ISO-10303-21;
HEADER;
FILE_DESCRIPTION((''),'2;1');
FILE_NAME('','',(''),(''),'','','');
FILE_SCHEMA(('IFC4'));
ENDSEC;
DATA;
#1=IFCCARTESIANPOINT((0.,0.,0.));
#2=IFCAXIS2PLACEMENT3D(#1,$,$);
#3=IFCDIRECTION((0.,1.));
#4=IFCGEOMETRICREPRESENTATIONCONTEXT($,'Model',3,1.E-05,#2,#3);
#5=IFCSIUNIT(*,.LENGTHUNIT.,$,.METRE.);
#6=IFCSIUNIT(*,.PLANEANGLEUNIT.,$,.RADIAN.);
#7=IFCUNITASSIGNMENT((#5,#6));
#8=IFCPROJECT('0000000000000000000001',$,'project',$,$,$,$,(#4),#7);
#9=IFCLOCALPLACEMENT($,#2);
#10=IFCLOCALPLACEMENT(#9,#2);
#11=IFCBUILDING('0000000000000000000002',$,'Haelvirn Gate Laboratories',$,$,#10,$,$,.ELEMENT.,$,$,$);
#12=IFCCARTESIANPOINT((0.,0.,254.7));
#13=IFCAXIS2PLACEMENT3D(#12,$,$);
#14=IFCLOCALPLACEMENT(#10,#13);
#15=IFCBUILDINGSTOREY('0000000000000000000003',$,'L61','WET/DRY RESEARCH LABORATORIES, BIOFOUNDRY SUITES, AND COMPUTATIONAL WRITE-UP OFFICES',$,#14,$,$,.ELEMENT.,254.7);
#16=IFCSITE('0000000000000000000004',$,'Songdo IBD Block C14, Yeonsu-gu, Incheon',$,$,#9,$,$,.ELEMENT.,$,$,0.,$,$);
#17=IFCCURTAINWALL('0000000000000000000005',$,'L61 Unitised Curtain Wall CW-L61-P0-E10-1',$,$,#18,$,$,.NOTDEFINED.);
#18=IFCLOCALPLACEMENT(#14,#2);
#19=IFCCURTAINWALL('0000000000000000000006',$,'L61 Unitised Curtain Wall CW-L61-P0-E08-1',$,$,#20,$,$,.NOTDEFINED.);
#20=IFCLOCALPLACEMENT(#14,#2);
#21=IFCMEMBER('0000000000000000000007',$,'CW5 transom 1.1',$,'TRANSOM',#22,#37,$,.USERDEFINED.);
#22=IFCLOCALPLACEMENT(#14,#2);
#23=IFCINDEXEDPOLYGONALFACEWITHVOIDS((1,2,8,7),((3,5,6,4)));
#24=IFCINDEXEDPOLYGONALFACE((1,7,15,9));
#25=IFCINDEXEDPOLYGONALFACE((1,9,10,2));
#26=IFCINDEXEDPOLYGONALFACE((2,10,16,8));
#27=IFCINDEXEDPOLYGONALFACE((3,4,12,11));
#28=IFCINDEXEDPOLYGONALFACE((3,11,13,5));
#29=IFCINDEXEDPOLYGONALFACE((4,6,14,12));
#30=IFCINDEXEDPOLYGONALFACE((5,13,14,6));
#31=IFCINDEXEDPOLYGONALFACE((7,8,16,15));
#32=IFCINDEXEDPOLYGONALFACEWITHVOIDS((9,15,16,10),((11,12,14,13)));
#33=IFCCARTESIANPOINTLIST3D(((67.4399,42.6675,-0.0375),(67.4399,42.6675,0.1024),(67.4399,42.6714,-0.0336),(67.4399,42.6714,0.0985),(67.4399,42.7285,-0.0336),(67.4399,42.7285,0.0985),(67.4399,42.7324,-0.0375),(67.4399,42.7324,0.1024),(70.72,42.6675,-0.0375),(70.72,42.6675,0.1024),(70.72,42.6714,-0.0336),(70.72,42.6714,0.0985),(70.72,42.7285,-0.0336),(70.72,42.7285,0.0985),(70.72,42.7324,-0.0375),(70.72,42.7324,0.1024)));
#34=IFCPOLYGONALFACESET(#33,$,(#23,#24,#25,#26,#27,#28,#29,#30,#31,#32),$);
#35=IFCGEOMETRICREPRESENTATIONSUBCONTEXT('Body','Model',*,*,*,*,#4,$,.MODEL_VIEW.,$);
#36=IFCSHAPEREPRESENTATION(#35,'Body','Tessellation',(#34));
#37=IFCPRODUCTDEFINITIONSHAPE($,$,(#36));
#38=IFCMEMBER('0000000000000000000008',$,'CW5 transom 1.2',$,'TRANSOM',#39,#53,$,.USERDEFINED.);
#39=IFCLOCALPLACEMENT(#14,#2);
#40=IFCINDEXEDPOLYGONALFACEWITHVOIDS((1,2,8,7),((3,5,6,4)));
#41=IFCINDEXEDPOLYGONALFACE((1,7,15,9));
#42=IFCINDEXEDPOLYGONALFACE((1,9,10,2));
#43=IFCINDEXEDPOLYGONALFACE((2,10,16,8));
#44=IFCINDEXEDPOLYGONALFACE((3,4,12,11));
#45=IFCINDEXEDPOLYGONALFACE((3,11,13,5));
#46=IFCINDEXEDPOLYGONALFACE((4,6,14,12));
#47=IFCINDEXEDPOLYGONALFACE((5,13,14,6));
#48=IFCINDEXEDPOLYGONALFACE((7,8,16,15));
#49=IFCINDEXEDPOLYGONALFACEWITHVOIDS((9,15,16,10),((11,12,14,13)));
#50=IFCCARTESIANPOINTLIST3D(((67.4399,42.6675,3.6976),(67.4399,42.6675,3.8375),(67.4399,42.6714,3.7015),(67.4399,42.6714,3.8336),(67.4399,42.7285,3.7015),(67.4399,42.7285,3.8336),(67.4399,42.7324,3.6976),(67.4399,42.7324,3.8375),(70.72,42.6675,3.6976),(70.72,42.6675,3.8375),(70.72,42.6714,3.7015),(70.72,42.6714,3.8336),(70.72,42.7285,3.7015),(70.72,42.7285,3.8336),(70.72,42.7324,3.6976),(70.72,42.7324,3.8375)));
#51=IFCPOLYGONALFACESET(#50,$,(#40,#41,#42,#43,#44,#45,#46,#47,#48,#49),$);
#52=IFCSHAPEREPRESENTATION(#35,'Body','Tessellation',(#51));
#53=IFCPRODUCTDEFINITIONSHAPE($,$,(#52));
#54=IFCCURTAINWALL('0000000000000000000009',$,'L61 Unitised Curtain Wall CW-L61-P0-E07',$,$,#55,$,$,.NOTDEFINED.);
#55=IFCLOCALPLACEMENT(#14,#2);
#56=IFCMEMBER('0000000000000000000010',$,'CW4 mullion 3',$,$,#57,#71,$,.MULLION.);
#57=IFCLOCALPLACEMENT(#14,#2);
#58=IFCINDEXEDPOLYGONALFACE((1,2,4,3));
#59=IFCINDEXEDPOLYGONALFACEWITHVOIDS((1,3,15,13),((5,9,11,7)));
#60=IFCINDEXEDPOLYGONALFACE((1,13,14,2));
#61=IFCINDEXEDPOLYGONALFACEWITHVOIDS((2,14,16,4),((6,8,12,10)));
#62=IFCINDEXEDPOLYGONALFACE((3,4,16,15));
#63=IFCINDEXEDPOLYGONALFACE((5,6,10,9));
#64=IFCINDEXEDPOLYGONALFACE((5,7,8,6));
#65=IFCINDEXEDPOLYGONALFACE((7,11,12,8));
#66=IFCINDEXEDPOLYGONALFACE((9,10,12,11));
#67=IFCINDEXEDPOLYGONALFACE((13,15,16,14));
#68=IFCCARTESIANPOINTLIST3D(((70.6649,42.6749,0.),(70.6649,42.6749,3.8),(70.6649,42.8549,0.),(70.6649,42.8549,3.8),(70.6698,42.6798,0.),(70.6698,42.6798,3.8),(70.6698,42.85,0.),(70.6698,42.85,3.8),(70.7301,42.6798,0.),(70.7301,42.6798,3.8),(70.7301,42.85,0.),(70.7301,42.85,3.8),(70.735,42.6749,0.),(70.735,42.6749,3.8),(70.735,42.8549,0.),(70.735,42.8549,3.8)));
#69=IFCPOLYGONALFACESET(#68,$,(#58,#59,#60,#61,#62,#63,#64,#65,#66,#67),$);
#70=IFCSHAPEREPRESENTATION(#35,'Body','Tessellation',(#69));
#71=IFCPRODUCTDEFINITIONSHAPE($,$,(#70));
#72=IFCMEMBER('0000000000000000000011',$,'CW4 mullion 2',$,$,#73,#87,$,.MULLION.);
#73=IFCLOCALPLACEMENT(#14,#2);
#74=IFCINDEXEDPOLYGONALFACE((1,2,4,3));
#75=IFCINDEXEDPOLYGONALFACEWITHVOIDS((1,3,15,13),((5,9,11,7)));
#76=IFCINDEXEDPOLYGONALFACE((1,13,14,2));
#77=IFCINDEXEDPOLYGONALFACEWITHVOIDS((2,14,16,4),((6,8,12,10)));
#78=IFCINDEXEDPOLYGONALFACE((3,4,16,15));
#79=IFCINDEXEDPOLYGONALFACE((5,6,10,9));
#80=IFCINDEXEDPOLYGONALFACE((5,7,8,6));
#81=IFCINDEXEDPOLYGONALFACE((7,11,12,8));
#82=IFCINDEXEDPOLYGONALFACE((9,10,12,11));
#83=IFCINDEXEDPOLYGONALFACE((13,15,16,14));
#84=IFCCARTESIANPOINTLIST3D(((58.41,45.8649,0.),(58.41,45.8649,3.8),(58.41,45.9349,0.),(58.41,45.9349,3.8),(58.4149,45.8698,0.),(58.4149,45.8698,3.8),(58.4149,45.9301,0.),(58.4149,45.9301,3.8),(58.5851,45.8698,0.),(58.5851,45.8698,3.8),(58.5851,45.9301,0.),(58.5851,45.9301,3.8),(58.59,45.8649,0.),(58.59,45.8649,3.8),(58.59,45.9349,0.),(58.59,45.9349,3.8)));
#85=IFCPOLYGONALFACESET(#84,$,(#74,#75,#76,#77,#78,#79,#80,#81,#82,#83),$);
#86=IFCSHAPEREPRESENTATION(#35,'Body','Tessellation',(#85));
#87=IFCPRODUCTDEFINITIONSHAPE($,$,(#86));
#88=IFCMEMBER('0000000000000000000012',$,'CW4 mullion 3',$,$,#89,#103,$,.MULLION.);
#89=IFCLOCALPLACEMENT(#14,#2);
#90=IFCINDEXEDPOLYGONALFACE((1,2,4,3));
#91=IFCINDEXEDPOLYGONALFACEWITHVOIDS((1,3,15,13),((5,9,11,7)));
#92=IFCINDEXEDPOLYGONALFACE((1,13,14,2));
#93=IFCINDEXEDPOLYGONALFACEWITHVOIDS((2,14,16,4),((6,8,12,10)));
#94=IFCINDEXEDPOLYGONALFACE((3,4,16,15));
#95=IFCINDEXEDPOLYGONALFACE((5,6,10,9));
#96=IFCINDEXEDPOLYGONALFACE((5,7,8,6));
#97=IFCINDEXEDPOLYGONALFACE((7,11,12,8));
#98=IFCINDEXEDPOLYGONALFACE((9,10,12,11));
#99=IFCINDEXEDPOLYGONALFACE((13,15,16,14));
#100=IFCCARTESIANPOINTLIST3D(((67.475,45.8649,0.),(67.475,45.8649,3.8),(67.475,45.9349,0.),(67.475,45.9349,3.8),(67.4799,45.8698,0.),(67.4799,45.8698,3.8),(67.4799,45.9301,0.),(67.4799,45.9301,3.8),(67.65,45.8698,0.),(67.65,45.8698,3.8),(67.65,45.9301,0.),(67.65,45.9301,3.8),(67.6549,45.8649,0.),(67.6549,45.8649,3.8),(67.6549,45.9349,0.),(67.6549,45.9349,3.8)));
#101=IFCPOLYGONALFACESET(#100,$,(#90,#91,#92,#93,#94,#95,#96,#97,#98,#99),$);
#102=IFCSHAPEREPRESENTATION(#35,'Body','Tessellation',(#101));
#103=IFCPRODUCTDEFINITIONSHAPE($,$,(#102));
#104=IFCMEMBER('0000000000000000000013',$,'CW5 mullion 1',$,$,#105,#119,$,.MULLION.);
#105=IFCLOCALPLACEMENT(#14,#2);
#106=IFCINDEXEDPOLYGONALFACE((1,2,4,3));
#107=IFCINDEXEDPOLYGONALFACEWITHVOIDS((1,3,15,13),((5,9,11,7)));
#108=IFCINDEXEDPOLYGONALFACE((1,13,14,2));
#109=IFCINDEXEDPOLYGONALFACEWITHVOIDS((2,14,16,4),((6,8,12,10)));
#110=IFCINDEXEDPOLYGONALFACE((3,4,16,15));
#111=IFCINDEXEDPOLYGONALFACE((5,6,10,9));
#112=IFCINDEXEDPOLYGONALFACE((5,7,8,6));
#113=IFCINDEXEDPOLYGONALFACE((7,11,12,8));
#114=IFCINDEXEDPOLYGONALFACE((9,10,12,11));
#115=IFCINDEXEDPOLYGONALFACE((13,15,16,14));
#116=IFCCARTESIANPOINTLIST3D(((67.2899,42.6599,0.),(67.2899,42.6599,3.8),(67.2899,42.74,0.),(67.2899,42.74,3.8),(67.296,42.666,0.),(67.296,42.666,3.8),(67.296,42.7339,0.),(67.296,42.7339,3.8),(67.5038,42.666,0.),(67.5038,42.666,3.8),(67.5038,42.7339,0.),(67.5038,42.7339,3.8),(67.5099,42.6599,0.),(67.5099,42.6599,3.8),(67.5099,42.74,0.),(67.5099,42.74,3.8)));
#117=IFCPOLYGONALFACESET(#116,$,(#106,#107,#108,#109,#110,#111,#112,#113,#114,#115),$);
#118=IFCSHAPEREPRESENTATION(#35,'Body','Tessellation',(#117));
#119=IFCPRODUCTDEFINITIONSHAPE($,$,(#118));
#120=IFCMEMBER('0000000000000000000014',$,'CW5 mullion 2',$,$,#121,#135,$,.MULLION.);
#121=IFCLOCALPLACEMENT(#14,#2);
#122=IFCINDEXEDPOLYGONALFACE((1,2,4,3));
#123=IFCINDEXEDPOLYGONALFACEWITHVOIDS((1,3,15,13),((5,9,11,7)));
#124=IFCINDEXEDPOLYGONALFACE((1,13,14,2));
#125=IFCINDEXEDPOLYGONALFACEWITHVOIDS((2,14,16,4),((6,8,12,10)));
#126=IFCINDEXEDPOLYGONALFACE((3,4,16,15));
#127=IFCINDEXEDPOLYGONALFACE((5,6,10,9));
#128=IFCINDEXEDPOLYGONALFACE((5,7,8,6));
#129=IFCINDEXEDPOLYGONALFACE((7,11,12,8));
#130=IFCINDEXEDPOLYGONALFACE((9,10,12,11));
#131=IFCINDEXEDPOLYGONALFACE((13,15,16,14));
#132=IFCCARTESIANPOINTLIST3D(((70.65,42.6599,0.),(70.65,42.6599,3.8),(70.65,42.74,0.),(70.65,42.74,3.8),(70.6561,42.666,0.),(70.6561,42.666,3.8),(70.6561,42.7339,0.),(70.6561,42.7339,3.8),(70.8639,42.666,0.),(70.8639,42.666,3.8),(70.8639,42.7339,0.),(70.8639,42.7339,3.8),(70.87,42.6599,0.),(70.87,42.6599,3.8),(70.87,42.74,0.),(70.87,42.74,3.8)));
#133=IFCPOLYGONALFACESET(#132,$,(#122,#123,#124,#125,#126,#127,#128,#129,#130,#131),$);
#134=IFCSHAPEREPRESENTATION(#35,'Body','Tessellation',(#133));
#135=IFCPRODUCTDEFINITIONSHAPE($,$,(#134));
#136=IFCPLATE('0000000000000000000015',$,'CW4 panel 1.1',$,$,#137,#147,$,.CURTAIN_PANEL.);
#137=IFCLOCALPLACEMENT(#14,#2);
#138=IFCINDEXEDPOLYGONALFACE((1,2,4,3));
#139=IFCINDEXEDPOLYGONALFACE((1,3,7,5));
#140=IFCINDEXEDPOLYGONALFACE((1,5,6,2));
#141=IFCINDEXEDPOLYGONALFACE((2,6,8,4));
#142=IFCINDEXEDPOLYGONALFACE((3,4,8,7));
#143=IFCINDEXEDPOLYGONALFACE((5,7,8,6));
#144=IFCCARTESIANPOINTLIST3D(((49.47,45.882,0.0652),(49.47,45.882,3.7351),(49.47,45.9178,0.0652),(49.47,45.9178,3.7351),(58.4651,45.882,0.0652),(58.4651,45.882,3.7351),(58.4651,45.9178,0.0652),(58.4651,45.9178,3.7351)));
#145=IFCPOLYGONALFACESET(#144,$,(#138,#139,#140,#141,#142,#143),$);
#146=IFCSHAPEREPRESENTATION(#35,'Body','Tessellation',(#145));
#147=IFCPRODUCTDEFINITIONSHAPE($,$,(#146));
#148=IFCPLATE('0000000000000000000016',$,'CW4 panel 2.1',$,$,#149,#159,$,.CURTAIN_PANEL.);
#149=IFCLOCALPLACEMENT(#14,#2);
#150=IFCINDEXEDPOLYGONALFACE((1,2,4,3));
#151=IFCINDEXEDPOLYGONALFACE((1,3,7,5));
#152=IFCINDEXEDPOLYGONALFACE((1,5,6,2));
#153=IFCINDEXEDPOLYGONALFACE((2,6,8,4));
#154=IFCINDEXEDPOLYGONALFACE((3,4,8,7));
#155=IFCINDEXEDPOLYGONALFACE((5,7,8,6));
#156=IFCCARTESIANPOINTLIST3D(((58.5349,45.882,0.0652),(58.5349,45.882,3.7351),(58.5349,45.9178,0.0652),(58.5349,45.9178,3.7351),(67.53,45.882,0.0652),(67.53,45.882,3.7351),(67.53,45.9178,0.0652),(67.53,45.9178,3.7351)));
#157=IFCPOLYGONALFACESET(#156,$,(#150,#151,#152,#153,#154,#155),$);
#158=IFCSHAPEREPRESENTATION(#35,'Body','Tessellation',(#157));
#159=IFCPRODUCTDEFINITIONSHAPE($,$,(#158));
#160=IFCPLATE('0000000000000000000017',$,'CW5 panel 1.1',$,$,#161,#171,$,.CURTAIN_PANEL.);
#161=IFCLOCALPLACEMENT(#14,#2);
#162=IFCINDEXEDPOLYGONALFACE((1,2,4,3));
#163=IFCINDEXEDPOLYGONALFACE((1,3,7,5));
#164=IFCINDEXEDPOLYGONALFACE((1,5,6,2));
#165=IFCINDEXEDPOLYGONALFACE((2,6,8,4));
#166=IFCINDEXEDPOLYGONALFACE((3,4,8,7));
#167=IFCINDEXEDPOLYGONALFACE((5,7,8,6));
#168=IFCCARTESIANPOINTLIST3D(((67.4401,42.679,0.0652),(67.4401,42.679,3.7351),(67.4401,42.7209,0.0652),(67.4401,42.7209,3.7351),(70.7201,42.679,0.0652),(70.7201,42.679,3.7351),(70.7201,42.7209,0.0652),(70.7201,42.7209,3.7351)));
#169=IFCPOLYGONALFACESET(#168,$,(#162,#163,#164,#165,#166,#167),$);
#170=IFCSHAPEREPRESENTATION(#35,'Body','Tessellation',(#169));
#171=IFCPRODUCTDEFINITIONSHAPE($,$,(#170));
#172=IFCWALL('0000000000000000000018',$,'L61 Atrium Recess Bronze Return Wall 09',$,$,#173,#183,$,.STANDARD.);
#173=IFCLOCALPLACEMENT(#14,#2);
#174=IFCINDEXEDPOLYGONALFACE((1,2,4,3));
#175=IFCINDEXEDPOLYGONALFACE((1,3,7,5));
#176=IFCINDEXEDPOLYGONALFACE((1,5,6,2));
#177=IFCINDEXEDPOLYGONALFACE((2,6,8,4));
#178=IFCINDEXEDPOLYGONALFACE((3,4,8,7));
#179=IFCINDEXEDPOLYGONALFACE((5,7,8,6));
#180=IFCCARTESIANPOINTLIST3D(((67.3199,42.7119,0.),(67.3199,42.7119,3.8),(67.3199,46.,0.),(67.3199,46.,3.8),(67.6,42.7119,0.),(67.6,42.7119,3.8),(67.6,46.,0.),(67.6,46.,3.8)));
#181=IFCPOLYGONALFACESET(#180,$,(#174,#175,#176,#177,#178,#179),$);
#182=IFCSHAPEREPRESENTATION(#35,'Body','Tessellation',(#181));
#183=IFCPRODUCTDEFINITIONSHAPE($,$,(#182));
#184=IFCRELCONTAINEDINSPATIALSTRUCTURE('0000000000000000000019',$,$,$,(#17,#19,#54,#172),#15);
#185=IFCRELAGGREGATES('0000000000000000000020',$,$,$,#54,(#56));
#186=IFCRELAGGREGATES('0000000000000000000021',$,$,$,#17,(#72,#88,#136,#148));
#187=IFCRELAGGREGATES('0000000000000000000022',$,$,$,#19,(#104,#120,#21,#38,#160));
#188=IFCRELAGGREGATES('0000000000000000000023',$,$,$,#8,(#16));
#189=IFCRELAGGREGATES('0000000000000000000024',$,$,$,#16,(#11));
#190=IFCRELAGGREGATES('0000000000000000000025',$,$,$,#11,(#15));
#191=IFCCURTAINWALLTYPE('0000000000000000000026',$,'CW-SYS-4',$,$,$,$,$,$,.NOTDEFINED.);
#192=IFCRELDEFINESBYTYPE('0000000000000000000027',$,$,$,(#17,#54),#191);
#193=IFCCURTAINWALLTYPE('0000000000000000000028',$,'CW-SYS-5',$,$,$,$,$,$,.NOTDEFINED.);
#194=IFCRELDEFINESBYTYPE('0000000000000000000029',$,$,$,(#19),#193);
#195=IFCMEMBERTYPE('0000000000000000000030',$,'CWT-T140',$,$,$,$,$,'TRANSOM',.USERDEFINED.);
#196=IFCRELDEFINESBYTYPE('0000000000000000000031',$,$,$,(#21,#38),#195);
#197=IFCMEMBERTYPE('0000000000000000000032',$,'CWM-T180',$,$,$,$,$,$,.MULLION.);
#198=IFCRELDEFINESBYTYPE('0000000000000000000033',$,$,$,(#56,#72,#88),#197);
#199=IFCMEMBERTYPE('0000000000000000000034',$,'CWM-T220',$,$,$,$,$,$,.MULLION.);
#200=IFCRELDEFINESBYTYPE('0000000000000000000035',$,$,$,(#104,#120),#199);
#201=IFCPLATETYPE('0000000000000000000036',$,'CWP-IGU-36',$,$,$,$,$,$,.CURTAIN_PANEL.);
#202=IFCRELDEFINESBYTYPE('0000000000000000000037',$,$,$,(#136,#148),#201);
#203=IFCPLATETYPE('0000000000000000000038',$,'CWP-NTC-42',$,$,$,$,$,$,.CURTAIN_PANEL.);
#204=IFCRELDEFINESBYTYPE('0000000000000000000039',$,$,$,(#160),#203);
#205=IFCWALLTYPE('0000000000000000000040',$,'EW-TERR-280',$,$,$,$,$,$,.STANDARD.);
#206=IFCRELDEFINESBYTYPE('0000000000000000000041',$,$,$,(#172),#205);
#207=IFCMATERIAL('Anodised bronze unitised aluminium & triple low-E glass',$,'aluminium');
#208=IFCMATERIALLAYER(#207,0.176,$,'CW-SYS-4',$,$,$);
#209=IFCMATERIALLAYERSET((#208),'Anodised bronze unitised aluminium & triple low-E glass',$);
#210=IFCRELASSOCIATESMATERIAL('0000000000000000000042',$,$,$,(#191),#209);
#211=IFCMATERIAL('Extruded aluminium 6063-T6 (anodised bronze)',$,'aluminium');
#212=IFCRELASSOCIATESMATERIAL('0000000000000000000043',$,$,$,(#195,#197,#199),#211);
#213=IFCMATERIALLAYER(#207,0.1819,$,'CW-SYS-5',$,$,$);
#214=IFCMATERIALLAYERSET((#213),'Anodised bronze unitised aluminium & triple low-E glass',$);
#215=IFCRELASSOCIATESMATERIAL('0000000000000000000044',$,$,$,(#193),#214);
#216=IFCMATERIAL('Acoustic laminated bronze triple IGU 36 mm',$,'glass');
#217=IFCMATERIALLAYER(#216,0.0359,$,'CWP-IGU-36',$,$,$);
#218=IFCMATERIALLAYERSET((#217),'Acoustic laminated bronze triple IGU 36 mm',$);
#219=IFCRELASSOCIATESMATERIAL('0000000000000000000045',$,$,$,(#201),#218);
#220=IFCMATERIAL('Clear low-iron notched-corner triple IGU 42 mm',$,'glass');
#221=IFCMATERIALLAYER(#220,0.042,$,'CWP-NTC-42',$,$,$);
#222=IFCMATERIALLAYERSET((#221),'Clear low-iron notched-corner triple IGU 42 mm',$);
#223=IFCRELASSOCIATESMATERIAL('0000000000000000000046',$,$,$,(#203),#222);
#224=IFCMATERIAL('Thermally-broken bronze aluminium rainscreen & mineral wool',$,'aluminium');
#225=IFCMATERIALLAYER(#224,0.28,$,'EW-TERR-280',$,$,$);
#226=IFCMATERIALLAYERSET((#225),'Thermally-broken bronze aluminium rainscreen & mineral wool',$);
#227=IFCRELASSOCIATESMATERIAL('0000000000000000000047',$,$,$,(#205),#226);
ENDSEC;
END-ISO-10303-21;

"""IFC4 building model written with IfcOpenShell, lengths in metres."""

from ifc_helpers import new_model, si_unit, direction, frame, frame_2d, origin, origin_2d, place, context, subcontext, project, spatial, rectangle, hollow_rectangle, extrude, source, transform, mapped, material, layer, layer_set, material_profile, profile_set, type_object, type_shapes, element, aggregate, save


model = new_model("IFC4")

# Units and contexts
model_context = context("Model", 3, precision=1e-05, world=origin(), true_north=direction((0.0, 1.0)))
body_context = subcontext(model_context, "Body", "Model", "MODEL_VIEW")
ifc_project = project(units=[si_unit("LENGTHUNIT", "METRE"), si_unit("PLANEANGLEUNIT", "RADIAN")], contexts=[model_context])

# Site, building, storey
site_placement = place(None, origin())
site = spatial("IfcSite", under=ifc_project, at=site_placement, Name="Songdo IBD Block C14, Yeonsu-gu, Incheon", CompositionType="ELEMENT", RefElevation=0.0)
building_placement = place(site_placement, origin())
building = spatial("IfcBuilding", under=site, at=building_placement, Name="Haelvirn Gate Laboratories", CompositionType="ELEMENT")
storey_placement = place(building_placement, frame((0.0, 0.0, 254.7)))
storey = spatial("IfcBuildingStorey", under=building, at=storey_placement, Name="L61", Description="WET/DRY RESEARCH LABORATORIES, BIOFOUNDRY SUITES, AND COMPUTATIONAL WRITE-UP OFFICES", CompositionType="ELEMENT", Elevation=254.7)

# Curtain walls, members
ifc_material_1 = material(Name="Anodised bronze unitised aluminium & triple low-E glass", Category="aluminium")
ifc_layer_1 = layer(ifc_material_1, 0.176, Name="CW-SYS-4")
ifc_layer_set_1 = layer_set([ifc_layer_1], Name="Anodised bronze unitised aluminium & triple low-E glass")
curtain_wall_type_1 = type_object("IfcCurtainWallType", Name="CW-SYS-4", PredefinedType="NOTDEFINED", material=ifc_layer_set_1)
curtain_wall_1_placement = place(storey_placement, origin())
curtain_wall_1 = element("IfcCurtainWall", 1, at=curtain_wall_1_placement, inside=storey, type_object=curtain_wall_type_1, Name="L61 Unitised Curtain Wall CW-L61-P0-E10-1", PredefinedType="NOTDEFINED")
ifc_material_2 = material(Name="Extruded aluminium 6063-T6 (anodised bronze)", Category="aluminium")
ifc_material_profile_1 = material_profile(ifc_material_2, hollow_rectangle(XDim=0.0649, YDim=0.1399, WallThickness=0.0039, at=origin_2d()), Name="CWT-140x65x4")
ifc_profile_set_1 = profile_set([ifc_material_profile_1], Name="Extruded aluminium 6063-T6 (anodised bronze)")
member_type_1 = type_object("IfcMemberType", Name="CWT-T140", ElementType="TRANSOM", PredefinedType="USERDEFINED", material=ifc_profile_set_1)
ifc_layer_2 = layer(ifc_material_1, 0.1819, Name="CW-SYS-5")
ifc_layer_set_2 = layer_set([ifc_layer_2], Name="Anodised bronze unitised aluminium & triple low-E glass")
curtain_wall_type_2 = type_object("IfcCurtainWallType", Name="CW-SYS-5", PredefinedType="NOTDEFINED", material=ifc_layer_set_2)
curtain_wall_2_placement = place(storey_placement, origin())
curtain_wall_2 = element("IfcCurtainWall", 2, at=curtain_wall_2_placement, inside=storey, type_object=curtain_wall_type_2, Name="L61 Unitised Curtain Wall CW-L61-P0-E08-1", PredefinedType="NOTDEFINED")
shared_shape_1 = source(origin(), body_context, "Body", "SweptSolid", [
    extrude(hollow_rectangle(XDim=0.0649, YDim=0.1399, WallThickness=0.0039, at=origin_2d()), origin(), (0.0, 0.0, 1.0), 3.28),
])
member_1_placement = place(storey_placement, frame((67.4399, 42.7, 0.0325), z_axis=(1.0, 0.0, 0.0), x_axis=(0.0, 1.0, 0.0)))
member_1 = element("IfcMember", 3, at=member_1_placement, type_object=member_type_1, Name="CW5 transom 1.1", ObjectType="TRANSOM", PredefinedType="USERDEFINED", context=body_context, shape_type="MappedRepresentation", body=[
    mapped(shared_shape_1, transform((0.0, 0.0, 0.0), scale=1.0)),
])
member_2_placement = place(storey_placement, frame((67.4399, 42.7, 3.7676), z_axis=(1.0, 0.0, 0.0), x_axis=(0.0, 1.0, 0.0)))
member_2 = element("IfcMember", 4, at=member_2_placement, type_object=member_type_1, Name="CW5 transom 1.2", ObjectType="TRANSOM", PredefinedType="USERDEFINED", context=body_context, shape_type="MappedRepresentation", body=[
    mapped(shared_shape_1, transform((0.0, 0.0, 0.0), scale=1.0)),
])

# Curtain wall, member
curtain_wall_3_placement = place(storey_placement, origin())
curtain_wall_3 = element("IfcCurtainWall", 5, at=curtain_wall_3_placement, inside=storey, type_object=curtain_wall_type_1, Name="L61 Unitised Curtain Wall CW-L61-P0-E07", PredefinedType="NOTDEFINED")
ifc_material_profile_2 = material_profile(ifc_material_2, hollow_rectangle(XDim=0.0701, YDim=0.1799, WallThickness=0.0049, at=origin_2d()), Name="CWM-180x70x5")
ifc_profile_set_2 = profile_set([ifc_material_profile_2], Name="Extruded aluminium 6063-T6 (anodised bronze)")
member_type_2 = type_object("IfcMemberType", Name="CWM-T180", PredefinedType="MULLION", material=ifc_profile_set_2)
shared_shape_2 = source(origin(), body_context, "Body", "SweptSolid", [
    extrude(hollow_rectangle(XDim=0.0701, YDim=0.1799, WallThickness=0.0049, at=origin_2d()), origin(), (0.0, 0.0, 1.0), 3.8),
])
type_shapes(member_type_2, [shared_shape_2])
member_3_placement = place(storey_placement, frame((70.7, 42.7649, 0.0), z_axis=(0.0, 0.0, 1.0), x_axis=(-1.0, 0.0, 0.0)))
member_3 = element("IfcMember", 6, at=member_3_placement, type_object=member_type_2, Name="CW4 mullion 3", PredefinedType="MULLION", context=body_context, shape_type="MappedRepresentation", body=[
    mapped(shared_shape_2, transform((0.0, 0.0, 0.0), scale=1.0)),
])
aggregate(curtain_wall_3, [member_3])

# Members
member_4_placement = place(storey_placement, frame((58.5, 45.8999, 0.0), z_axis=(0.0, 0.0, 1.0), x_axis=(0.0, 1.0, 0.0)))
member_4 = element("IfcMember", 7, at=member_4_placement, type_object=member_type_2, Name="CW4 mullion 2", PredefinedType="MULLION", context=body_context, shape_type="MappedRepresentation", body=[
    mapped(shared_shape_2, transform((0.0, 0.0, 0.0), scale=1.0)),
])
member_5_placement = place(storey_placement, frame((67.5649, 45.8999, 0.0), z_axis=(0.0, 0.0, 1.0), x_axis=(0.0, 1.0, 0.0)))
member_5 = element("IfcMember", 8, at=member_5_placement, type_object=member_type_2, Name="CW4 mullion 3", PredefinedType="MULLION", context=body_context, shape_type="MappedRepresentation", body=[
    mapped(shared_shape_2, transform((0.0, 0.0, 0.0), scale=1.0)),
])
ifc_material_profile_3 = material_profile(ifc_material_2, hollow_rectangle(XDim=0.0801, YDim=0.22, WallThickness=0.0061, at=origin_2d()), Name="CWM-220x80x6")
ifc_profile_set_3 = profile_set([ifc_material_profile_3], Name="Extruded aluminium 6063-T6 (anodised bronze)")
member_type_3 = type_object("IfcMemberType", Name="CWM-T220", PredefinedType="MULLION", material=ifc_profile_set_3)
shared_shape_3 = source(origin(), body_context, "Body", "SweptSolid", [
    extrude(hollow_rectangle(XDim=0.0801, YDim=0.22, WallThickness=0.0061, at=origin_2d()), origin(), (0.0, 0.0, 1.0), 3.8),
])
type_shapes(member_type_3, [shared_shape_3])
member_6_placement = place(storey_placement, frame((67.3999, 42.7, 0.0), z_axis=(0.0, 0.0, 1.0), x_axis=(0.0, 1.0, 0.0)))
member_6 = element("IfcMember", 9, at=member_6_placement, type_object=member_type_3, Name="CW5 mullion 1", PredefinedType="MULLION", context=body_context, shape_type="MappedRepresentation", body=[
    mapped(shared_shape_3, transform((0.0, 0.0, 0.0), scale=1.0)),
])
member_7_placement = place(storey_placement, frame((70.76, 42.7, 0.0), z_axis=(0.0, 0.0, 1.0), x_axis=(0.0, 1.0, 0.0)))
member_7 = element("IfcMember", 10, at=member_7_placement, type_object=member_type_3, Name="CW5 mullion 2", PredefinedType="MULLION", context=body_context, shape_type="MappedRepresentation", body=[
    mapped(shared_shape_3, transform((0.0, 0.0, 0.0), scale=1.0)),
])

# Plates
ifc_material_3 = material(Name="Acoustic laminated bronze triple IGU 36 mm", Category="glass")
ifc_layer_3 = layer(ifc_material_3, 0.0359, Name="CWP-IGU-36")
ifc_layer_set_3 = layer_set([ifc_layer_3], Name="Acoustic laminated bronze triple IGU 36 mm")
plate_type_1 = type_object("IfcPlateType", Name="CWP-IGU-36", PredefinedType="CURTAIN_PANEL", material=ifc_layer_set_3)
shared_shape_4 = source(origin(), body_context, "Body", "SweptSolid", [
    extrude(rectangle(XDim=8.9951, YDim=0.0359, at=origin_2d()), origin(), (0.0, 0.0, 1.0), 3.6699),
])
type_shapes(plate_type_1, [shared_shape_4])
plate_1_placement = place(storey_placement, frame((53.9675, 45.8999, 0.0652), z_axis=(0.0, 0.0, 1.0), x_axis=(1.0, 0.0, 0.0)))
plate_1 = element("IfcPlate", 11, at=plate_1_placement, type_object=plate_type_1, Name="CW4 panel 1.1", PredefinedType="CURTAIN_PANEL", context=body_context, shape_type="MappedRepresentation", body=[
    mapped(shared_shape_4, transform((0.0, 0.0, 0.0), scale=1.0)),
])
plate_2_placement = place(storey_placement, frame((63.0325, 45.8999, 0.0652), z_axis=(0.0, 0.0, 1.0), x_axis=(1.0, 0.0, 0.0)))
plate_2 = element("IfcPlate", 12, at=plate_2_placement, type_object=plate_type_1, Name="CW4 panel 2.1", PredefinedType="CURTAIN_PANEL", context=body_context, shape_type="MappedRepresentation", body=[
    mapped(shared_shape_4, transform((0.0, 0.0, 0.0), scale=1.0)),
])
aggregate(curtain_wall_1, [member_4, member_5, plate_1, plate_2])
ifc_material_4 = material(Name="Clear low-iron notched-corner triple IGU 42 mm", Category="glass")
ifc_layer_4 = layer(ifc_material_4, 0.042, Name="CWP-NTC-42")
ifc_layer_set_4 = layer_set([ifc_layer_4], Name="Clear low-iron notched-corner triple IGU 42 mm")
plate_type_2 = type_object("IfcPlateType", Name="CWP-NTC-42", PredefinedType="CURTAIN_PANEL", material=ifc_layer_set_4)
shared_shape_5 = source(origin(), body_context, "Body", "SweptSolid", [
    extrude(rectangle(XDim=3.28, YDim=0.042, at=origin_2d()), origin(), (0.0, 0.0, 1.0), 3.6699),
])
type_shapes(plate_type_2, [shared_shape_5])
plate_3_placement = place(storey_placement, frame((69.0801, 42.7, 0.0652), z_axis=(0.0, 0.0, 1.0), x_axis=(1.0, 0.0, 0.0)))
plate_3 = element("IfcPlate", 13, at=plate_3_placement, type_object=plate_type_2, Name="CW5 panel 1.1", PredefinedType="CURTAIN_PANEL", context=body_context, shape_type="MappedRepresentation", body=[
    mapped(shared_shape_5, transform((0.0, 0.0, 0.0), scale=1.0)),
])
aggregate(curtain_wall_2, [member_6, member_7, member_1, member_2, plate_3])

# Wall
ifc_material_5 = material(Name="Thermally-broken bronze aluminium rainscreen & mineral wool", Category="aluminium")
ifc_layer_5 = layer(ifc_material_5, 0.28, Name="EW-TERR-280")
ifc_layer_set_5 = layer_set([ifc_layer_5], Name="Thermally-broken bronze aluminium rainscreen & mineral wool")
wall_type_1 = type_object("IfcWallType", Name="EW-TERR-280", PredefinedType="STANDARD", material=ifc_layer_set_5)
wall_1_placement = place(storey_placement, frame((67.46, 42.7119, 0.0), z_axis=(0.0, 0.0, 1.0), x_axis=(0.0, 1.0, 0.0)))
element("IfcWall", 14, at=wall_1_placement, inside=storey, type_object=wall_type_1, Name="L61 Atrium Recess Bronze Return Wall 09", PredefinedType="STANDARD", context=body_context, shape_type="SweptSolid", body=[
    extrude(rectangle(XDim=3.2881, YDim=0.28, at=frame_2d((1.644, 0.0))), origin(), (0.0, 0.0, 1.0), 3.8),
])

save(model, "model.ifc")
